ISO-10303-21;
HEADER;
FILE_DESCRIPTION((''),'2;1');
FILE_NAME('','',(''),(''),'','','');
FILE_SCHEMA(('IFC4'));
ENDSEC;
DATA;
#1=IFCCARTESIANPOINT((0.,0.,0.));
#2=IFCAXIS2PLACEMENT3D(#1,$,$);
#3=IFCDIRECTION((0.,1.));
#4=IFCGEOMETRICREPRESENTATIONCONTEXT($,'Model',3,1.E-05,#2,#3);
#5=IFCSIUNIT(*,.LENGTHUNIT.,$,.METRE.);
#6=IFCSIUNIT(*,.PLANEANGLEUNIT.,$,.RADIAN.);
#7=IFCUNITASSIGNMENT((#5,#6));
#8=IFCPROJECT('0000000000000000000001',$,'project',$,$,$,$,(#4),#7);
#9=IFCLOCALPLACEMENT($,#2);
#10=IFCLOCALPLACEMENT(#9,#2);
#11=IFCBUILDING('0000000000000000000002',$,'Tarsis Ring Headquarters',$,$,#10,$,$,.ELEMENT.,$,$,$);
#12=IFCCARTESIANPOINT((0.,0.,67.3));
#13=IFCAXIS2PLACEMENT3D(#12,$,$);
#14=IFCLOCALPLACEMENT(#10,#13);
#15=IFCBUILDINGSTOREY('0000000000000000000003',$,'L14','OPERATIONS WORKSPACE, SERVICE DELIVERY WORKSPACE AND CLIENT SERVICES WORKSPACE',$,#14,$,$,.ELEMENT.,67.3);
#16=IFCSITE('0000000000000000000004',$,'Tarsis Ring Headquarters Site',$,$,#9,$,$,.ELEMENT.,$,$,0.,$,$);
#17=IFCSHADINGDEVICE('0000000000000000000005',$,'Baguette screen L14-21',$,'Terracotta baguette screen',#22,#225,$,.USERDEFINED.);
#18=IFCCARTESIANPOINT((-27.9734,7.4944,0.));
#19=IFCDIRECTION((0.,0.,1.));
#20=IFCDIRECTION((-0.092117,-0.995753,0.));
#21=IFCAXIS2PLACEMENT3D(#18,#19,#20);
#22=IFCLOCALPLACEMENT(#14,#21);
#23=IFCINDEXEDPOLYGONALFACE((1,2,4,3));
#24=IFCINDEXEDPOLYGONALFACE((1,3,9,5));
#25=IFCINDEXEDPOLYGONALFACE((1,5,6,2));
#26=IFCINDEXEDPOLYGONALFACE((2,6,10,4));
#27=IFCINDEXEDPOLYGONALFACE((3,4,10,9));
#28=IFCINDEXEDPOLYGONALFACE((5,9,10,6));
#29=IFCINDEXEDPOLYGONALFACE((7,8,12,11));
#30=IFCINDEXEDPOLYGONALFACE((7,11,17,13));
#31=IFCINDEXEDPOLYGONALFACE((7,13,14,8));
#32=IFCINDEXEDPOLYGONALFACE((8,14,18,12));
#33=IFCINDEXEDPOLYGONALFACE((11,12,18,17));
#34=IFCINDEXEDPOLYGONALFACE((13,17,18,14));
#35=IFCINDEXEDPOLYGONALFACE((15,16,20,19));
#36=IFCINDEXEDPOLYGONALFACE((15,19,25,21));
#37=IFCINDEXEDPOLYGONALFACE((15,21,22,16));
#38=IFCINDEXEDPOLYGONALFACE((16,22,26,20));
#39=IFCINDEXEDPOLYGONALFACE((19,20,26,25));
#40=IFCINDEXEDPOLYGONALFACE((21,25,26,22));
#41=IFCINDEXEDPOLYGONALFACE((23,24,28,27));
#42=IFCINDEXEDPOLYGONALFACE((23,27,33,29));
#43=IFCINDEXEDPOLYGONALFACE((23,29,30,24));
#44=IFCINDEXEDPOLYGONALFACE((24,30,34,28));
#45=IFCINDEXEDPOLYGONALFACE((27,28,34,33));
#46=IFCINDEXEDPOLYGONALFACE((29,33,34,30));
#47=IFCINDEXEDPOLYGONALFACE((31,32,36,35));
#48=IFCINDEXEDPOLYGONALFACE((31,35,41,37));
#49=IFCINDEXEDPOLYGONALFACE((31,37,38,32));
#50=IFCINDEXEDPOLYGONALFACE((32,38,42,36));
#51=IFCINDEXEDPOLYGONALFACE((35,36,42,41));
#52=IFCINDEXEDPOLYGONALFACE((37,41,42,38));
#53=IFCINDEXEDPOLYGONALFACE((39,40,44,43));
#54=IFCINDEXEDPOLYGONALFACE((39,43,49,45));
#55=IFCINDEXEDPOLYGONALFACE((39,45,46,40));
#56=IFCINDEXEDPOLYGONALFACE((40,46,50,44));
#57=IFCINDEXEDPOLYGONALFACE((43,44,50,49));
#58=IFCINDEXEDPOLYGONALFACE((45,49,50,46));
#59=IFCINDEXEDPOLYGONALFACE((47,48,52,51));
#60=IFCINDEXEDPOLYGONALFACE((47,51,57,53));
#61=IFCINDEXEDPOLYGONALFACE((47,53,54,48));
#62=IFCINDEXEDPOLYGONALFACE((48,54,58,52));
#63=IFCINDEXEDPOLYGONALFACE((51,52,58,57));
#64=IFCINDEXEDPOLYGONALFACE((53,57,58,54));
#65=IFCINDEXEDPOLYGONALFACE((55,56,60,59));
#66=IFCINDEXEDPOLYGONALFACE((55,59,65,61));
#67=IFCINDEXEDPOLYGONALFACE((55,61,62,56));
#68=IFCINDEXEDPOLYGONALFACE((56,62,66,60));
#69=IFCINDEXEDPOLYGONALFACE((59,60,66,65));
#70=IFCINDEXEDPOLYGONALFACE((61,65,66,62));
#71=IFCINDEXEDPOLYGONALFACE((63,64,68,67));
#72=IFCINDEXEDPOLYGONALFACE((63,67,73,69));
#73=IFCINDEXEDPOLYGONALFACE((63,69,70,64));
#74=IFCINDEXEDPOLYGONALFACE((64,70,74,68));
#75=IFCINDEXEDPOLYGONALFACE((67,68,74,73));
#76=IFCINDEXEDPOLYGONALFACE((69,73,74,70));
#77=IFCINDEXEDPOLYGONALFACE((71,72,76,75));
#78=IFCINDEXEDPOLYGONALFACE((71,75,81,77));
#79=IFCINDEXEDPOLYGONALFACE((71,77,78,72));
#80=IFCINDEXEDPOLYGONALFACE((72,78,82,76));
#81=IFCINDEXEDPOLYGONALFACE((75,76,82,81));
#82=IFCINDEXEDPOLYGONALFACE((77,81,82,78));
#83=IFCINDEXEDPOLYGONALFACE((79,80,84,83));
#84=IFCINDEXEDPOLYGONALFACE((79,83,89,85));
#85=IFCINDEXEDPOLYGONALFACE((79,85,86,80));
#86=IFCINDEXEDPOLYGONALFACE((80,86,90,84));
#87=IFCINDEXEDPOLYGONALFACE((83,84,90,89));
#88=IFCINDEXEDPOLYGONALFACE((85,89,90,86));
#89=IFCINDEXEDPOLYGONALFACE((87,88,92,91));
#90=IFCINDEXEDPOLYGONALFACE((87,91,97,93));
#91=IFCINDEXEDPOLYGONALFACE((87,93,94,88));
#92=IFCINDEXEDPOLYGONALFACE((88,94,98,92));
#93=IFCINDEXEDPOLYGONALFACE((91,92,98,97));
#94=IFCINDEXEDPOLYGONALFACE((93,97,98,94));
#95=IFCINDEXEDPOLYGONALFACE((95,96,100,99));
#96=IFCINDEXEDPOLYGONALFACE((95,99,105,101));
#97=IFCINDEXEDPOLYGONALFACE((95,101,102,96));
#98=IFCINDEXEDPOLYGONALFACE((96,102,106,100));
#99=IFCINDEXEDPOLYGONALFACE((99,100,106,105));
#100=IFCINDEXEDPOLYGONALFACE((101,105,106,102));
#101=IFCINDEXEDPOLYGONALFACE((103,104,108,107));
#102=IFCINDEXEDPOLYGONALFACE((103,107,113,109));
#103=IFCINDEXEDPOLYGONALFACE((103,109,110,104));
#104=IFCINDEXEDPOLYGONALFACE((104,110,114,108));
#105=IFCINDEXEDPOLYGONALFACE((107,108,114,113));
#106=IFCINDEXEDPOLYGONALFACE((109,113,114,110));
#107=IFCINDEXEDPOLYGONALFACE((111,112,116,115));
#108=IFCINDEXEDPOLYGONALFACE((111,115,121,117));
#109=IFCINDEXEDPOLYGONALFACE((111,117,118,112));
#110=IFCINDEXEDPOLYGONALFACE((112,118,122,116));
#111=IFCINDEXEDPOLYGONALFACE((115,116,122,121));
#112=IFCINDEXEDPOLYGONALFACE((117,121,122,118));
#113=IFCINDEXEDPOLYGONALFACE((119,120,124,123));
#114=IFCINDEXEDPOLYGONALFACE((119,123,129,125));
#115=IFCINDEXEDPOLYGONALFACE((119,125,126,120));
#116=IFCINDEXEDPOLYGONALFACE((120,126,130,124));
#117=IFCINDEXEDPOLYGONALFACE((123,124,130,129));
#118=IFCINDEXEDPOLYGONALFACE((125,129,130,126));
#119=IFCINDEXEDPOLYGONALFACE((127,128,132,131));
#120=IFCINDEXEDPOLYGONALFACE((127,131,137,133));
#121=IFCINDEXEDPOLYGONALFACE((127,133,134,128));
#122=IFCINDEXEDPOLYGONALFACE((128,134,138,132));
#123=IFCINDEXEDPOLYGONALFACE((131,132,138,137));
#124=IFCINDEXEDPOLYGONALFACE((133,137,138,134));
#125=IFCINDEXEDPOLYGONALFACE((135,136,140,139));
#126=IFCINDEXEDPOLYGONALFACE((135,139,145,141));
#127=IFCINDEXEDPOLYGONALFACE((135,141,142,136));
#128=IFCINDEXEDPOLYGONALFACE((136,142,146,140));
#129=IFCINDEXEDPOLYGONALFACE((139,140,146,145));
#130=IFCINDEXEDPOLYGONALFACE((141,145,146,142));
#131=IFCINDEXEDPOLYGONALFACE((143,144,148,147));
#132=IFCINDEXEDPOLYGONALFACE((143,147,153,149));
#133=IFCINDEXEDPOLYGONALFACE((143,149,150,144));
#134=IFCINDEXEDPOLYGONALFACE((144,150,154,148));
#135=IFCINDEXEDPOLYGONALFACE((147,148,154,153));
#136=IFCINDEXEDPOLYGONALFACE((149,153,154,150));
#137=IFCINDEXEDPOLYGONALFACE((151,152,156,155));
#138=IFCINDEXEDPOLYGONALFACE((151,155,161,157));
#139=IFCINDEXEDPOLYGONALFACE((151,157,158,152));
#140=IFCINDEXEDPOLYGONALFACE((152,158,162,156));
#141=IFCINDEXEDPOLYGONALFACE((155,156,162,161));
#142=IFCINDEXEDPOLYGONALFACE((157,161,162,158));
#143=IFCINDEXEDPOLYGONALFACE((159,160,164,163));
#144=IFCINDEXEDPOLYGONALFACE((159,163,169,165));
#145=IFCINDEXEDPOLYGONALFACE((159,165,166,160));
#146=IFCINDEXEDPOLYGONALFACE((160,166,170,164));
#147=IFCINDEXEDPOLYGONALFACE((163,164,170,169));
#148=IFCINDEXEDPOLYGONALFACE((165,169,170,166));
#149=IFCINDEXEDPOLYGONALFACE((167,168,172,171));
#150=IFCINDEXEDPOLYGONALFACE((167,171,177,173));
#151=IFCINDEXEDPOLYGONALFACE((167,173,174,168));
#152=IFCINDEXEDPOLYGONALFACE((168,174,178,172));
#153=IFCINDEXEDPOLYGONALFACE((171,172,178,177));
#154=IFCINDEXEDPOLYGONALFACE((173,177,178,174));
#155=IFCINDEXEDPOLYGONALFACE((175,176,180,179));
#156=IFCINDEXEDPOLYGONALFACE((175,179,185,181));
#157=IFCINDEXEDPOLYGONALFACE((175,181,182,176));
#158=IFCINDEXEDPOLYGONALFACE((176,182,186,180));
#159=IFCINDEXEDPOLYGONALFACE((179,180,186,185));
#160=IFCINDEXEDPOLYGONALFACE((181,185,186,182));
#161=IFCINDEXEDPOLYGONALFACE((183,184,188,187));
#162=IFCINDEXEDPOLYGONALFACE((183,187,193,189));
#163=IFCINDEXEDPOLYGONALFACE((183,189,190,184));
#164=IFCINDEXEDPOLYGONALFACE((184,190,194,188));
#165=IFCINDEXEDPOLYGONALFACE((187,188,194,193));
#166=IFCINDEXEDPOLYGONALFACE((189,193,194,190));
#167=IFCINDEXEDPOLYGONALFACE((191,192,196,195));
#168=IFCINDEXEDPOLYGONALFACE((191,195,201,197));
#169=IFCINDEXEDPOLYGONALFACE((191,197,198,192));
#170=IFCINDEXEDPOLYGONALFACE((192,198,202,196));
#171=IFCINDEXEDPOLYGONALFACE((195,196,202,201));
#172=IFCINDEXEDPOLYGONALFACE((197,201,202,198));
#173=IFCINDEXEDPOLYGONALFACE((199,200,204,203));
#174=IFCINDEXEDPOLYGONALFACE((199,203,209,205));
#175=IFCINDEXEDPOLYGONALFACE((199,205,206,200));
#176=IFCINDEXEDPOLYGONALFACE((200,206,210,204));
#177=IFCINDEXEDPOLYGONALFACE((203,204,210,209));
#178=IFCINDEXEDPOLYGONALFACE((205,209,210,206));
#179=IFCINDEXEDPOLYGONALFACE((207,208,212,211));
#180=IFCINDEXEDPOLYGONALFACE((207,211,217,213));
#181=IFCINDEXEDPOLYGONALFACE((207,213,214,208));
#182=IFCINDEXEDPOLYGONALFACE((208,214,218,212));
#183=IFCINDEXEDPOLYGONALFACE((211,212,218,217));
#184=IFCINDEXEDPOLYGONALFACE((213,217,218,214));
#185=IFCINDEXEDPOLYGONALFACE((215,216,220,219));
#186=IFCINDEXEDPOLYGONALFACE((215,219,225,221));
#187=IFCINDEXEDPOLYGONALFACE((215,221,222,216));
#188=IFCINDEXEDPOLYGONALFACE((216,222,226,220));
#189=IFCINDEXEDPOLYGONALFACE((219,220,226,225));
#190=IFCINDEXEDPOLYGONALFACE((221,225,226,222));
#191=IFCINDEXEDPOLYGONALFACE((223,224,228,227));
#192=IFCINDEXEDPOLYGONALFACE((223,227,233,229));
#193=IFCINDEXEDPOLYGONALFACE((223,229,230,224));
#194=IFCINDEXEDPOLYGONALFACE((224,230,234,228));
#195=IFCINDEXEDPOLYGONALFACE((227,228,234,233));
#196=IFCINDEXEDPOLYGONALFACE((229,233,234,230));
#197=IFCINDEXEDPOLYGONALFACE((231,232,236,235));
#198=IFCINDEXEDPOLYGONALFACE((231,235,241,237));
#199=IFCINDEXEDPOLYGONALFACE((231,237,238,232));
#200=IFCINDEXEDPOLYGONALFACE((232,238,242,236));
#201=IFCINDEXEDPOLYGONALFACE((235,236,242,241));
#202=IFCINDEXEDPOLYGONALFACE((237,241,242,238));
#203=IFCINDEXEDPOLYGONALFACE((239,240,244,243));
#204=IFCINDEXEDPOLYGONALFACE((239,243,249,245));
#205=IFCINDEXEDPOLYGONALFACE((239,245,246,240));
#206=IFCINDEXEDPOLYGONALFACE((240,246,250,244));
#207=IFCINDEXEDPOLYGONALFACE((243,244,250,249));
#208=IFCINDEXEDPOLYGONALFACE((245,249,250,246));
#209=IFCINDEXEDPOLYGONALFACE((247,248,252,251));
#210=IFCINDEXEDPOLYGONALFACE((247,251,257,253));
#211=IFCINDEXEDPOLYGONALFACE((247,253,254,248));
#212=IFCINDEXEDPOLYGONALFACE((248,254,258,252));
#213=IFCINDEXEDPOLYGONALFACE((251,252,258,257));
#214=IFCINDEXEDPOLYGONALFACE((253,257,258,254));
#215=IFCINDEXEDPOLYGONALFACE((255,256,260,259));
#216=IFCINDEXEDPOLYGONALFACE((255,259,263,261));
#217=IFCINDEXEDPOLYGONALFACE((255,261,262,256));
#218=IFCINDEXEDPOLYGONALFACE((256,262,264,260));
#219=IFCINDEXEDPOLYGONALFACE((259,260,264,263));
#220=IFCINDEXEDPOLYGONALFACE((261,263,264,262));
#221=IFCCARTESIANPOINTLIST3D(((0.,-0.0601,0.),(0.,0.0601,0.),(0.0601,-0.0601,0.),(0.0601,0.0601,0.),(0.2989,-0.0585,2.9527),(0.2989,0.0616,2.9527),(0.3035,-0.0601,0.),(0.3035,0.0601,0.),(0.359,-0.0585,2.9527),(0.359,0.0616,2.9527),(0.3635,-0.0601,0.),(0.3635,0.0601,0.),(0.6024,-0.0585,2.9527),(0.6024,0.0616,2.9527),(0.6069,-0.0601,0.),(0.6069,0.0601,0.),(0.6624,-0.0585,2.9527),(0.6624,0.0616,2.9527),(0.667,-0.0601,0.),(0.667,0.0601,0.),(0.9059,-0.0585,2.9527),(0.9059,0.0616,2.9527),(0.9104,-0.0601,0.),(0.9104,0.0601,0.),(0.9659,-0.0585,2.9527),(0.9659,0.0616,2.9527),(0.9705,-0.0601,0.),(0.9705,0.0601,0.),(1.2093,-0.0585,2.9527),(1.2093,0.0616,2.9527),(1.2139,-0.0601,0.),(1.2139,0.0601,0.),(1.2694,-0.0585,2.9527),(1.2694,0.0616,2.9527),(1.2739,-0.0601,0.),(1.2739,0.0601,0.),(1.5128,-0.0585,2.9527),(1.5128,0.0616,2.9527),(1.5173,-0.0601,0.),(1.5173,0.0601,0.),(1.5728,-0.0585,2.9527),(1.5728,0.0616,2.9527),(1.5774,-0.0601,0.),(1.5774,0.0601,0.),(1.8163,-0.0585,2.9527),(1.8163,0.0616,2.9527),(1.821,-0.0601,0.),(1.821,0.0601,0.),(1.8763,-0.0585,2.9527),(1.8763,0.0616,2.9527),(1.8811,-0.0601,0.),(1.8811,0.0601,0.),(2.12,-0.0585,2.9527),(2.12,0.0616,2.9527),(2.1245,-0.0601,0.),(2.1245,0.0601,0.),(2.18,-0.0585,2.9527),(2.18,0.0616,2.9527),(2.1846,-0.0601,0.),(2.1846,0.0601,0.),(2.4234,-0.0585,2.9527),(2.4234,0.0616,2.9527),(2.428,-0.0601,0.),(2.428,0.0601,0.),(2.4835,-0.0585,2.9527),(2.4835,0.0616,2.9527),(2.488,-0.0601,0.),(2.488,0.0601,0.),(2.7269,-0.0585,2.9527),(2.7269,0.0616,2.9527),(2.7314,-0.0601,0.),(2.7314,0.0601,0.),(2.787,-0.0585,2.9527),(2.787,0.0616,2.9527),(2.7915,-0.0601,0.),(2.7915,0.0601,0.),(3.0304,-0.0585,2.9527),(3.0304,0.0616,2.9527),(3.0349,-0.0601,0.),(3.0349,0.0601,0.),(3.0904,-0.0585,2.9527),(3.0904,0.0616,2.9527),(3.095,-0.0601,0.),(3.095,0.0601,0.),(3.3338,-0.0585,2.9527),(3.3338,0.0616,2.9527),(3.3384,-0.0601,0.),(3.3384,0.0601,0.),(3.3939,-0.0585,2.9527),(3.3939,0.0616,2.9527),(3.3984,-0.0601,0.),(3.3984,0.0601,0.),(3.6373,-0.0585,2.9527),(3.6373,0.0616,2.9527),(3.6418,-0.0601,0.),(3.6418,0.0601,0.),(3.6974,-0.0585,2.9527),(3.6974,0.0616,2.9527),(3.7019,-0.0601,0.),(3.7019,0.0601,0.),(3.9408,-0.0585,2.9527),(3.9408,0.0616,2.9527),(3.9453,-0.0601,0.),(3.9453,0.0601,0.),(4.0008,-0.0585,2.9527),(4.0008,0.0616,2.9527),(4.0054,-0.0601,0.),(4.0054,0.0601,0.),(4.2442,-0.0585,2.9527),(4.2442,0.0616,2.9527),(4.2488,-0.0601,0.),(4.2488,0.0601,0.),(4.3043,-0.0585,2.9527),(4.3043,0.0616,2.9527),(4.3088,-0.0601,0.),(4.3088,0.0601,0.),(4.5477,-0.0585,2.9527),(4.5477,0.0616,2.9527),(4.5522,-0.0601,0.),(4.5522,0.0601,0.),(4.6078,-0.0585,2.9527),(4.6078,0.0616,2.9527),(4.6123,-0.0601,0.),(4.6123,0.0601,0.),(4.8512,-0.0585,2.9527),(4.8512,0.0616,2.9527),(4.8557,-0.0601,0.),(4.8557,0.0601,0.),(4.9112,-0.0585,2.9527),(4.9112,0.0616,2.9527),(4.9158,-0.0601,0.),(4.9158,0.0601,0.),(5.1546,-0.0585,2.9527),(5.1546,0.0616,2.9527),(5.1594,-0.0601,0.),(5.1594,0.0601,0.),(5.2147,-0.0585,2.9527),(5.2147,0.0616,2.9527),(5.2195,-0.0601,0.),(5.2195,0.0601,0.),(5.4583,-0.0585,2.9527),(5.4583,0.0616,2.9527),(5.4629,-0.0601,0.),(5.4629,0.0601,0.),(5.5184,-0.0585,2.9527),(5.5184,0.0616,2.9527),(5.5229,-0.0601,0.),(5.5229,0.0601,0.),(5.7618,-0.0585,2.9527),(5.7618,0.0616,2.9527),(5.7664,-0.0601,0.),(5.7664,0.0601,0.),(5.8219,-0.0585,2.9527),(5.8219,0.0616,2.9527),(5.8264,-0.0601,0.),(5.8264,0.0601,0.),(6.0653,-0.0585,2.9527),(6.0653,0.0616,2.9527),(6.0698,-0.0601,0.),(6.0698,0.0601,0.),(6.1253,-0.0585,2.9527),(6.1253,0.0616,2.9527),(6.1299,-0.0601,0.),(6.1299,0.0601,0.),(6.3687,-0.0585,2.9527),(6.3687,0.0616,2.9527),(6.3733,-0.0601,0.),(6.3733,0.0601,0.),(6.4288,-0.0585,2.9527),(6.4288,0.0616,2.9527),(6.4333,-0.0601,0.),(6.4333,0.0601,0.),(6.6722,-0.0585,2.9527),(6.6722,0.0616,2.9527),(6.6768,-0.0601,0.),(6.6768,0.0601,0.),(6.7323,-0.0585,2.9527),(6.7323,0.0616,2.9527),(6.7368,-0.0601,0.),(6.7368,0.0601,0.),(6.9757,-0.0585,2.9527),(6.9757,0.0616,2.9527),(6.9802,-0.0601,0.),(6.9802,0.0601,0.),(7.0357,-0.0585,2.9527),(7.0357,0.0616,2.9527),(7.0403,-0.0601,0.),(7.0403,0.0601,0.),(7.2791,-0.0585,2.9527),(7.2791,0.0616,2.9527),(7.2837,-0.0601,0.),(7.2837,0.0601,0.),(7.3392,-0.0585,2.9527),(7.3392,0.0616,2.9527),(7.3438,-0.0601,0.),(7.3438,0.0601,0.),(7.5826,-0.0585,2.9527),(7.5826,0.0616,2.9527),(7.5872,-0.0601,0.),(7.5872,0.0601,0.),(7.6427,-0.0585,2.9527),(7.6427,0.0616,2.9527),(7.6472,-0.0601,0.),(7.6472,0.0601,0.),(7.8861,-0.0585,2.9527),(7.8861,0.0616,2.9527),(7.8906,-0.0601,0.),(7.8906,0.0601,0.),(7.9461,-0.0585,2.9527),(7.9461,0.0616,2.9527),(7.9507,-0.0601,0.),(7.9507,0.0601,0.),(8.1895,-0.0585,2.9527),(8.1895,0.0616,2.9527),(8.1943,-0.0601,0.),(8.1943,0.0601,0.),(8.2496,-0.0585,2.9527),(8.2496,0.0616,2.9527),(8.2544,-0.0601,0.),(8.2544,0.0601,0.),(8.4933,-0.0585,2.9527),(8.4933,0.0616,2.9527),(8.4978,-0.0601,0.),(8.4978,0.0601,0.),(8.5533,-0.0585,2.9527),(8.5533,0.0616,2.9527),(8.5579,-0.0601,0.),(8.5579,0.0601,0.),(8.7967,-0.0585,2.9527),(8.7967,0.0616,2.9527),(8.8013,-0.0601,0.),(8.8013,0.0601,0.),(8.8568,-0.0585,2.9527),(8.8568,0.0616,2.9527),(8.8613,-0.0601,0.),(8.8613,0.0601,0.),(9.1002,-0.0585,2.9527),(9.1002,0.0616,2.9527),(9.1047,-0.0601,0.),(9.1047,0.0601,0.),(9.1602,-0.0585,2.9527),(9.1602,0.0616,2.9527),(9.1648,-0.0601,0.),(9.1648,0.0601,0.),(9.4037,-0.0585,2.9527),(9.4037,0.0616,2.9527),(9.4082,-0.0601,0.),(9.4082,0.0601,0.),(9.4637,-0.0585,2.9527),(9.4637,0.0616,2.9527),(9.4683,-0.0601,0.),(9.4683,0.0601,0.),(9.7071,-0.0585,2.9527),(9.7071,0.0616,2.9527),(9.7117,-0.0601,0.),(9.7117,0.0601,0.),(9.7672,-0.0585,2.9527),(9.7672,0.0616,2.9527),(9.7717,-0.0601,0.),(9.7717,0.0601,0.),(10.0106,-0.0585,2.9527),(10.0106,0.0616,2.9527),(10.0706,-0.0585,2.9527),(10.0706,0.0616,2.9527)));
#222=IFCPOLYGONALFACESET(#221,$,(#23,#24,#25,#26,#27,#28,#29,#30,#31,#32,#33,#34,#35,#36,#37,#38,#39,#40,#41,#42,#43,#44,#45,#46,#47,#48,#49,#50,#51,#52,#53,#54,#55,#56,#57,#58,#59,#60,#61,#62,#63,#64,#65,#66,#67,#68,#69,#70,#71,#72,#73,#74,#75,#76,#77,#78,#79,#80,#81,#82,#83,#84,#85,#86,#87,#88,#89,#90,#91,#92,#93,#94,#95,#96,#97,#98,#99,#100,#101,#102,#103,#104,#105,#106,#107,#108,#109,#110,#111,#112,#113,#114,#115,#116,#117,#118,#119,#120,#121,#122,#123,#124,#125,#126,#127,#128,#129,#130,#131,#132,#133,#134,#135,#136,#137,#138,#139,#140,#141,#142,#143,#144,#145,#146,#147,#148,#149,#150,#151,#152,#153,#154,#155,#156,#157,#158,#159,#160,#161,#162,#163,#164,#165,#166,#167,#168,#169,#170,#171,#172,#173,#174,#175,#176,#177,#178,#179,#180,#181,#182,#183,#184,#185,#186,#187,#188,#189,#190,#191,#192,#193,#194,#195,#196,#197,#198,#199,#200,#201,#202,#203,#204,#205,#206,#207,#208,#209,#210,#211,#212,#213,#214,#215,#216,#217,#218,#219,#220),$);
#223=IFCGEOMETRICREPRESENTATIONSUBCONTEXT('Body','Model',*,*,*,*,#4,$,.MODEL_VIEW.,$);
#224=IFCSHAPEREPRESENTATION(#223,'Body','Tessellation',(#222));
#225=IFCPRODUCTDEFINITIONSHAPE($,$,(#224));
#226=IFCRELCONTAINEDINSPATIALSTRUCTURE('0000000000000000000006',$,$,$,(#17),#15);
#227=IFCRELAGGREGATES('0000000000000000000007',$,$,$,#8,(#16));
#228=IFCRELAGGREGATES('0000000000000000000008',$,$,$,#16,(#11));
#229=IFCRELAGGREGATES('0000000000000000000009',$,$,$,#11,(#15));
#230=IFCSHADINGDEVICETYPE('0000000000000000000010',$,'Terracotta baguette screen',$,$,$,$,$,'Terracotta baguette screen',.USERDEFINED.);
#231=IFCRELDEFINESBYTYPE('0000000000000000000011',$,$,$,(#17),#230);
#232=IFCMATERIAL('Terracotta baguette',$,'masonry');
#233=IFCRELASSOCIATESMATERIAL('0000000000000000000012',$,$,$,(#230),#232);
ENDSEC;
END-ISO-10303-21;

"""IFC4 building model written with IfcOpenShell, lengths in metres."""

from ifc_helpers import new_model, si_unit, direction, frame, frame_2d, origin, place, context, subcontext, project, spatial, rectangle, composite_profile, extrude, material, type_object, element, save


model = new_model("IFC4")

# Units and contexts
model_context = context("Model", 3, precision=1e-05, world=origin(), true_north=direction((0.0, 1.0)))
body_context = subcontext(model_context, "Body", "Model", "MODEL_VIEW")
ifc_project = project(units=[si_unit("LENGTHUNIT", "METRE"), si_unit("PLANEANGLEUNIT", "RADIAN")], contexts=[model_context])

# Site, building, storey
site_placement = place(None, origin())
site = spatial("IfcSite", under=ifc_project, at=site_placement, Name="Tarsis Ring Headquarters Site", CompositionType="ELEMENT", RefElevation=0.0)
building_placement = place(site_placement, origin())
building = spatial("IfcBuilding", under=site, at=building_placement, Name="Tarsis Ring Headquarters", CompositionType="ELEMENT")
storey_placement = place(building_placement, frame((0.0, 0.0, 67.3)))
storey = spatial("IfcBuildingStorey", under=building, at=storey_placement, Name="L14", Description="OPERATIONS WORKSPACE, SERVICE DELIVERY WORKSPACE AND CLIENT SERVICES WORKSPACE", CompositionType="ELEMENT", Elevation=67.3)

# Shading device
ifc_material_1 = material(Name="Terracotta baguette", Category="masonry")
shading_device_type = type_object("IfcShadingDeviceType", Name="Terracotta baguette screen", ElementType="Terracotta baguette screen", PredefinedType="USERDEFINED", material=ifc_material_1)
shading_device_placement = place(storey_placement, frame((-27.9734, 7.4944, 0.0), z_axis=(0.0, 0.0, 1.0), x_axis=(-0.092117, -0.995753, 0.0)))
element("IfcShadingDevice", 1, at=shading_device_placement, inside=storey, type_object=shading_device_type, Name="Baguette screen L14-21", ObjectType="Terracotta baguette screen", PredefinedType="USERDEFINED", context=body_context, shape_type="SweptSolid", body=[
    extrude(composite_profile([rectangle(XDim=0.0601, YDim=0.1201, at=frame_2d((0.03, 0.0))), rectangle(XDim=0.0601, YDim=0.1201, at=frame_2d((0.3335, 0.0))), rectangle(XDim=0.0601, YDim=0.1201, at=frame_2d((0.637, 0.0))), rectangle(XDim=0.0601, YDim=0.1201, at=frame_2d((0.9404, 0.0))), rectangle(XDim=0.0601, YDim=0.1201, at=frame_2d((1.2439, 0.0))), rectangle(XDim=0.0601, YDim=0.1201, at=frame_2d((1.5474, 0.0))), rectangle(XDim=0.0601, YDim=0.1201, at=frame_2d((1.8511, 0.0))), rectangle(XDim=0.0601, YDim=0.1201, at=frame_2d((2.1545, 0.0))), rectangle(XDim=0.0601, YDim=0.1201, at=frame_2d((2.458, 0.0))), rectangle(XDim=0.0601, YDim=0.1201, at=frame_2d((2.7615, 0.0))), rectangle(XDim=0.0601, YDim=0.1201, at=frame_2d((3.0649, 0.0))), rectangle(XDim=0.0601, YDim=0.1201, at=frame_2d((3.3684, 0.0))), rectangle(XDim=0.0601, YDim=0.1201, at=frame_2d((3.6719, 0.0))), rectangle(XDim=0.0601, YDim=0.1201, at=frame_2d((3.9753, 0.0))), rectangle(XDim=0.0601, YDim=0.1201, at=frame_2d((4.2788, 0.0))), rectangle(XDim=0.0601, YDim=0.1201, at=frame_2d((4.5823, 0.0))), rectangle(XDim=0.0601, YDim=0.1201, at=frame_2d((4.8857, 0.0))), rectangle(XDim=0.0601, YDim=0.1201, at=frame_2d((5.1895, 0.0))), rectangle(XDim=0.0601, YDim=0.1201, at=frame_2d((5.4929, 0.0))), rectangle(XDim=0.0601, YDim=0.1201, at=frame_2d((5.7964, 0.0))), rectangle(XDim=0.0601, YDim=0.1201, at=frame_2d((6.0999, 0.0))), rectangle(XDim=0.0601, YDim=0.1201, at=frame_2d((6.4033, 0.0))), rectangle(XDim=0.0601, YDim=0.1201, at=frame_2d((6.7068, 0.0))), rectangle(XDim=0.0601, YDim=0.1201, at=frame_2d((7.0103, 0.0))), rectangle(XDim=0.0601, YDim=0.1201, at=frame_2d((7.3137, 0.0))), rectangle(XDim=0.0601, YDim=0.1201, at=frame_2d((7.6172, 0.0))), rectangle(XDim=0.0601, YDim=0.1201, at=frame_2d((7.9207, 0.0))), rectangle(XDim=0.0601, YDim=0.1201, at=frame_2d((8.2244, 0.0))), rectangle(XDim=0.0601, YDim=0.1201, at=frame_2d((8.5278, 0.0))), rectangle(XDim=0.0601, YDim=0.1201, at=frame_2d((8.8313, 0.0))), rectangle(XDim=0.0601, YDim=0.1201, at=frame_2d((9.1348, 0.0))), rectangle(XDim=0.0601, YDim=0.1201, at=frame_2d((9.4382, 0.0))), rectangle(XDim=0.0601, YDim=0.1201, at=frame_2d((9.7417, 0.0)))]), origin(), (0.100722, 0.000528, 0.994914), 2.9678),
])

save(model, "model.ifc")
